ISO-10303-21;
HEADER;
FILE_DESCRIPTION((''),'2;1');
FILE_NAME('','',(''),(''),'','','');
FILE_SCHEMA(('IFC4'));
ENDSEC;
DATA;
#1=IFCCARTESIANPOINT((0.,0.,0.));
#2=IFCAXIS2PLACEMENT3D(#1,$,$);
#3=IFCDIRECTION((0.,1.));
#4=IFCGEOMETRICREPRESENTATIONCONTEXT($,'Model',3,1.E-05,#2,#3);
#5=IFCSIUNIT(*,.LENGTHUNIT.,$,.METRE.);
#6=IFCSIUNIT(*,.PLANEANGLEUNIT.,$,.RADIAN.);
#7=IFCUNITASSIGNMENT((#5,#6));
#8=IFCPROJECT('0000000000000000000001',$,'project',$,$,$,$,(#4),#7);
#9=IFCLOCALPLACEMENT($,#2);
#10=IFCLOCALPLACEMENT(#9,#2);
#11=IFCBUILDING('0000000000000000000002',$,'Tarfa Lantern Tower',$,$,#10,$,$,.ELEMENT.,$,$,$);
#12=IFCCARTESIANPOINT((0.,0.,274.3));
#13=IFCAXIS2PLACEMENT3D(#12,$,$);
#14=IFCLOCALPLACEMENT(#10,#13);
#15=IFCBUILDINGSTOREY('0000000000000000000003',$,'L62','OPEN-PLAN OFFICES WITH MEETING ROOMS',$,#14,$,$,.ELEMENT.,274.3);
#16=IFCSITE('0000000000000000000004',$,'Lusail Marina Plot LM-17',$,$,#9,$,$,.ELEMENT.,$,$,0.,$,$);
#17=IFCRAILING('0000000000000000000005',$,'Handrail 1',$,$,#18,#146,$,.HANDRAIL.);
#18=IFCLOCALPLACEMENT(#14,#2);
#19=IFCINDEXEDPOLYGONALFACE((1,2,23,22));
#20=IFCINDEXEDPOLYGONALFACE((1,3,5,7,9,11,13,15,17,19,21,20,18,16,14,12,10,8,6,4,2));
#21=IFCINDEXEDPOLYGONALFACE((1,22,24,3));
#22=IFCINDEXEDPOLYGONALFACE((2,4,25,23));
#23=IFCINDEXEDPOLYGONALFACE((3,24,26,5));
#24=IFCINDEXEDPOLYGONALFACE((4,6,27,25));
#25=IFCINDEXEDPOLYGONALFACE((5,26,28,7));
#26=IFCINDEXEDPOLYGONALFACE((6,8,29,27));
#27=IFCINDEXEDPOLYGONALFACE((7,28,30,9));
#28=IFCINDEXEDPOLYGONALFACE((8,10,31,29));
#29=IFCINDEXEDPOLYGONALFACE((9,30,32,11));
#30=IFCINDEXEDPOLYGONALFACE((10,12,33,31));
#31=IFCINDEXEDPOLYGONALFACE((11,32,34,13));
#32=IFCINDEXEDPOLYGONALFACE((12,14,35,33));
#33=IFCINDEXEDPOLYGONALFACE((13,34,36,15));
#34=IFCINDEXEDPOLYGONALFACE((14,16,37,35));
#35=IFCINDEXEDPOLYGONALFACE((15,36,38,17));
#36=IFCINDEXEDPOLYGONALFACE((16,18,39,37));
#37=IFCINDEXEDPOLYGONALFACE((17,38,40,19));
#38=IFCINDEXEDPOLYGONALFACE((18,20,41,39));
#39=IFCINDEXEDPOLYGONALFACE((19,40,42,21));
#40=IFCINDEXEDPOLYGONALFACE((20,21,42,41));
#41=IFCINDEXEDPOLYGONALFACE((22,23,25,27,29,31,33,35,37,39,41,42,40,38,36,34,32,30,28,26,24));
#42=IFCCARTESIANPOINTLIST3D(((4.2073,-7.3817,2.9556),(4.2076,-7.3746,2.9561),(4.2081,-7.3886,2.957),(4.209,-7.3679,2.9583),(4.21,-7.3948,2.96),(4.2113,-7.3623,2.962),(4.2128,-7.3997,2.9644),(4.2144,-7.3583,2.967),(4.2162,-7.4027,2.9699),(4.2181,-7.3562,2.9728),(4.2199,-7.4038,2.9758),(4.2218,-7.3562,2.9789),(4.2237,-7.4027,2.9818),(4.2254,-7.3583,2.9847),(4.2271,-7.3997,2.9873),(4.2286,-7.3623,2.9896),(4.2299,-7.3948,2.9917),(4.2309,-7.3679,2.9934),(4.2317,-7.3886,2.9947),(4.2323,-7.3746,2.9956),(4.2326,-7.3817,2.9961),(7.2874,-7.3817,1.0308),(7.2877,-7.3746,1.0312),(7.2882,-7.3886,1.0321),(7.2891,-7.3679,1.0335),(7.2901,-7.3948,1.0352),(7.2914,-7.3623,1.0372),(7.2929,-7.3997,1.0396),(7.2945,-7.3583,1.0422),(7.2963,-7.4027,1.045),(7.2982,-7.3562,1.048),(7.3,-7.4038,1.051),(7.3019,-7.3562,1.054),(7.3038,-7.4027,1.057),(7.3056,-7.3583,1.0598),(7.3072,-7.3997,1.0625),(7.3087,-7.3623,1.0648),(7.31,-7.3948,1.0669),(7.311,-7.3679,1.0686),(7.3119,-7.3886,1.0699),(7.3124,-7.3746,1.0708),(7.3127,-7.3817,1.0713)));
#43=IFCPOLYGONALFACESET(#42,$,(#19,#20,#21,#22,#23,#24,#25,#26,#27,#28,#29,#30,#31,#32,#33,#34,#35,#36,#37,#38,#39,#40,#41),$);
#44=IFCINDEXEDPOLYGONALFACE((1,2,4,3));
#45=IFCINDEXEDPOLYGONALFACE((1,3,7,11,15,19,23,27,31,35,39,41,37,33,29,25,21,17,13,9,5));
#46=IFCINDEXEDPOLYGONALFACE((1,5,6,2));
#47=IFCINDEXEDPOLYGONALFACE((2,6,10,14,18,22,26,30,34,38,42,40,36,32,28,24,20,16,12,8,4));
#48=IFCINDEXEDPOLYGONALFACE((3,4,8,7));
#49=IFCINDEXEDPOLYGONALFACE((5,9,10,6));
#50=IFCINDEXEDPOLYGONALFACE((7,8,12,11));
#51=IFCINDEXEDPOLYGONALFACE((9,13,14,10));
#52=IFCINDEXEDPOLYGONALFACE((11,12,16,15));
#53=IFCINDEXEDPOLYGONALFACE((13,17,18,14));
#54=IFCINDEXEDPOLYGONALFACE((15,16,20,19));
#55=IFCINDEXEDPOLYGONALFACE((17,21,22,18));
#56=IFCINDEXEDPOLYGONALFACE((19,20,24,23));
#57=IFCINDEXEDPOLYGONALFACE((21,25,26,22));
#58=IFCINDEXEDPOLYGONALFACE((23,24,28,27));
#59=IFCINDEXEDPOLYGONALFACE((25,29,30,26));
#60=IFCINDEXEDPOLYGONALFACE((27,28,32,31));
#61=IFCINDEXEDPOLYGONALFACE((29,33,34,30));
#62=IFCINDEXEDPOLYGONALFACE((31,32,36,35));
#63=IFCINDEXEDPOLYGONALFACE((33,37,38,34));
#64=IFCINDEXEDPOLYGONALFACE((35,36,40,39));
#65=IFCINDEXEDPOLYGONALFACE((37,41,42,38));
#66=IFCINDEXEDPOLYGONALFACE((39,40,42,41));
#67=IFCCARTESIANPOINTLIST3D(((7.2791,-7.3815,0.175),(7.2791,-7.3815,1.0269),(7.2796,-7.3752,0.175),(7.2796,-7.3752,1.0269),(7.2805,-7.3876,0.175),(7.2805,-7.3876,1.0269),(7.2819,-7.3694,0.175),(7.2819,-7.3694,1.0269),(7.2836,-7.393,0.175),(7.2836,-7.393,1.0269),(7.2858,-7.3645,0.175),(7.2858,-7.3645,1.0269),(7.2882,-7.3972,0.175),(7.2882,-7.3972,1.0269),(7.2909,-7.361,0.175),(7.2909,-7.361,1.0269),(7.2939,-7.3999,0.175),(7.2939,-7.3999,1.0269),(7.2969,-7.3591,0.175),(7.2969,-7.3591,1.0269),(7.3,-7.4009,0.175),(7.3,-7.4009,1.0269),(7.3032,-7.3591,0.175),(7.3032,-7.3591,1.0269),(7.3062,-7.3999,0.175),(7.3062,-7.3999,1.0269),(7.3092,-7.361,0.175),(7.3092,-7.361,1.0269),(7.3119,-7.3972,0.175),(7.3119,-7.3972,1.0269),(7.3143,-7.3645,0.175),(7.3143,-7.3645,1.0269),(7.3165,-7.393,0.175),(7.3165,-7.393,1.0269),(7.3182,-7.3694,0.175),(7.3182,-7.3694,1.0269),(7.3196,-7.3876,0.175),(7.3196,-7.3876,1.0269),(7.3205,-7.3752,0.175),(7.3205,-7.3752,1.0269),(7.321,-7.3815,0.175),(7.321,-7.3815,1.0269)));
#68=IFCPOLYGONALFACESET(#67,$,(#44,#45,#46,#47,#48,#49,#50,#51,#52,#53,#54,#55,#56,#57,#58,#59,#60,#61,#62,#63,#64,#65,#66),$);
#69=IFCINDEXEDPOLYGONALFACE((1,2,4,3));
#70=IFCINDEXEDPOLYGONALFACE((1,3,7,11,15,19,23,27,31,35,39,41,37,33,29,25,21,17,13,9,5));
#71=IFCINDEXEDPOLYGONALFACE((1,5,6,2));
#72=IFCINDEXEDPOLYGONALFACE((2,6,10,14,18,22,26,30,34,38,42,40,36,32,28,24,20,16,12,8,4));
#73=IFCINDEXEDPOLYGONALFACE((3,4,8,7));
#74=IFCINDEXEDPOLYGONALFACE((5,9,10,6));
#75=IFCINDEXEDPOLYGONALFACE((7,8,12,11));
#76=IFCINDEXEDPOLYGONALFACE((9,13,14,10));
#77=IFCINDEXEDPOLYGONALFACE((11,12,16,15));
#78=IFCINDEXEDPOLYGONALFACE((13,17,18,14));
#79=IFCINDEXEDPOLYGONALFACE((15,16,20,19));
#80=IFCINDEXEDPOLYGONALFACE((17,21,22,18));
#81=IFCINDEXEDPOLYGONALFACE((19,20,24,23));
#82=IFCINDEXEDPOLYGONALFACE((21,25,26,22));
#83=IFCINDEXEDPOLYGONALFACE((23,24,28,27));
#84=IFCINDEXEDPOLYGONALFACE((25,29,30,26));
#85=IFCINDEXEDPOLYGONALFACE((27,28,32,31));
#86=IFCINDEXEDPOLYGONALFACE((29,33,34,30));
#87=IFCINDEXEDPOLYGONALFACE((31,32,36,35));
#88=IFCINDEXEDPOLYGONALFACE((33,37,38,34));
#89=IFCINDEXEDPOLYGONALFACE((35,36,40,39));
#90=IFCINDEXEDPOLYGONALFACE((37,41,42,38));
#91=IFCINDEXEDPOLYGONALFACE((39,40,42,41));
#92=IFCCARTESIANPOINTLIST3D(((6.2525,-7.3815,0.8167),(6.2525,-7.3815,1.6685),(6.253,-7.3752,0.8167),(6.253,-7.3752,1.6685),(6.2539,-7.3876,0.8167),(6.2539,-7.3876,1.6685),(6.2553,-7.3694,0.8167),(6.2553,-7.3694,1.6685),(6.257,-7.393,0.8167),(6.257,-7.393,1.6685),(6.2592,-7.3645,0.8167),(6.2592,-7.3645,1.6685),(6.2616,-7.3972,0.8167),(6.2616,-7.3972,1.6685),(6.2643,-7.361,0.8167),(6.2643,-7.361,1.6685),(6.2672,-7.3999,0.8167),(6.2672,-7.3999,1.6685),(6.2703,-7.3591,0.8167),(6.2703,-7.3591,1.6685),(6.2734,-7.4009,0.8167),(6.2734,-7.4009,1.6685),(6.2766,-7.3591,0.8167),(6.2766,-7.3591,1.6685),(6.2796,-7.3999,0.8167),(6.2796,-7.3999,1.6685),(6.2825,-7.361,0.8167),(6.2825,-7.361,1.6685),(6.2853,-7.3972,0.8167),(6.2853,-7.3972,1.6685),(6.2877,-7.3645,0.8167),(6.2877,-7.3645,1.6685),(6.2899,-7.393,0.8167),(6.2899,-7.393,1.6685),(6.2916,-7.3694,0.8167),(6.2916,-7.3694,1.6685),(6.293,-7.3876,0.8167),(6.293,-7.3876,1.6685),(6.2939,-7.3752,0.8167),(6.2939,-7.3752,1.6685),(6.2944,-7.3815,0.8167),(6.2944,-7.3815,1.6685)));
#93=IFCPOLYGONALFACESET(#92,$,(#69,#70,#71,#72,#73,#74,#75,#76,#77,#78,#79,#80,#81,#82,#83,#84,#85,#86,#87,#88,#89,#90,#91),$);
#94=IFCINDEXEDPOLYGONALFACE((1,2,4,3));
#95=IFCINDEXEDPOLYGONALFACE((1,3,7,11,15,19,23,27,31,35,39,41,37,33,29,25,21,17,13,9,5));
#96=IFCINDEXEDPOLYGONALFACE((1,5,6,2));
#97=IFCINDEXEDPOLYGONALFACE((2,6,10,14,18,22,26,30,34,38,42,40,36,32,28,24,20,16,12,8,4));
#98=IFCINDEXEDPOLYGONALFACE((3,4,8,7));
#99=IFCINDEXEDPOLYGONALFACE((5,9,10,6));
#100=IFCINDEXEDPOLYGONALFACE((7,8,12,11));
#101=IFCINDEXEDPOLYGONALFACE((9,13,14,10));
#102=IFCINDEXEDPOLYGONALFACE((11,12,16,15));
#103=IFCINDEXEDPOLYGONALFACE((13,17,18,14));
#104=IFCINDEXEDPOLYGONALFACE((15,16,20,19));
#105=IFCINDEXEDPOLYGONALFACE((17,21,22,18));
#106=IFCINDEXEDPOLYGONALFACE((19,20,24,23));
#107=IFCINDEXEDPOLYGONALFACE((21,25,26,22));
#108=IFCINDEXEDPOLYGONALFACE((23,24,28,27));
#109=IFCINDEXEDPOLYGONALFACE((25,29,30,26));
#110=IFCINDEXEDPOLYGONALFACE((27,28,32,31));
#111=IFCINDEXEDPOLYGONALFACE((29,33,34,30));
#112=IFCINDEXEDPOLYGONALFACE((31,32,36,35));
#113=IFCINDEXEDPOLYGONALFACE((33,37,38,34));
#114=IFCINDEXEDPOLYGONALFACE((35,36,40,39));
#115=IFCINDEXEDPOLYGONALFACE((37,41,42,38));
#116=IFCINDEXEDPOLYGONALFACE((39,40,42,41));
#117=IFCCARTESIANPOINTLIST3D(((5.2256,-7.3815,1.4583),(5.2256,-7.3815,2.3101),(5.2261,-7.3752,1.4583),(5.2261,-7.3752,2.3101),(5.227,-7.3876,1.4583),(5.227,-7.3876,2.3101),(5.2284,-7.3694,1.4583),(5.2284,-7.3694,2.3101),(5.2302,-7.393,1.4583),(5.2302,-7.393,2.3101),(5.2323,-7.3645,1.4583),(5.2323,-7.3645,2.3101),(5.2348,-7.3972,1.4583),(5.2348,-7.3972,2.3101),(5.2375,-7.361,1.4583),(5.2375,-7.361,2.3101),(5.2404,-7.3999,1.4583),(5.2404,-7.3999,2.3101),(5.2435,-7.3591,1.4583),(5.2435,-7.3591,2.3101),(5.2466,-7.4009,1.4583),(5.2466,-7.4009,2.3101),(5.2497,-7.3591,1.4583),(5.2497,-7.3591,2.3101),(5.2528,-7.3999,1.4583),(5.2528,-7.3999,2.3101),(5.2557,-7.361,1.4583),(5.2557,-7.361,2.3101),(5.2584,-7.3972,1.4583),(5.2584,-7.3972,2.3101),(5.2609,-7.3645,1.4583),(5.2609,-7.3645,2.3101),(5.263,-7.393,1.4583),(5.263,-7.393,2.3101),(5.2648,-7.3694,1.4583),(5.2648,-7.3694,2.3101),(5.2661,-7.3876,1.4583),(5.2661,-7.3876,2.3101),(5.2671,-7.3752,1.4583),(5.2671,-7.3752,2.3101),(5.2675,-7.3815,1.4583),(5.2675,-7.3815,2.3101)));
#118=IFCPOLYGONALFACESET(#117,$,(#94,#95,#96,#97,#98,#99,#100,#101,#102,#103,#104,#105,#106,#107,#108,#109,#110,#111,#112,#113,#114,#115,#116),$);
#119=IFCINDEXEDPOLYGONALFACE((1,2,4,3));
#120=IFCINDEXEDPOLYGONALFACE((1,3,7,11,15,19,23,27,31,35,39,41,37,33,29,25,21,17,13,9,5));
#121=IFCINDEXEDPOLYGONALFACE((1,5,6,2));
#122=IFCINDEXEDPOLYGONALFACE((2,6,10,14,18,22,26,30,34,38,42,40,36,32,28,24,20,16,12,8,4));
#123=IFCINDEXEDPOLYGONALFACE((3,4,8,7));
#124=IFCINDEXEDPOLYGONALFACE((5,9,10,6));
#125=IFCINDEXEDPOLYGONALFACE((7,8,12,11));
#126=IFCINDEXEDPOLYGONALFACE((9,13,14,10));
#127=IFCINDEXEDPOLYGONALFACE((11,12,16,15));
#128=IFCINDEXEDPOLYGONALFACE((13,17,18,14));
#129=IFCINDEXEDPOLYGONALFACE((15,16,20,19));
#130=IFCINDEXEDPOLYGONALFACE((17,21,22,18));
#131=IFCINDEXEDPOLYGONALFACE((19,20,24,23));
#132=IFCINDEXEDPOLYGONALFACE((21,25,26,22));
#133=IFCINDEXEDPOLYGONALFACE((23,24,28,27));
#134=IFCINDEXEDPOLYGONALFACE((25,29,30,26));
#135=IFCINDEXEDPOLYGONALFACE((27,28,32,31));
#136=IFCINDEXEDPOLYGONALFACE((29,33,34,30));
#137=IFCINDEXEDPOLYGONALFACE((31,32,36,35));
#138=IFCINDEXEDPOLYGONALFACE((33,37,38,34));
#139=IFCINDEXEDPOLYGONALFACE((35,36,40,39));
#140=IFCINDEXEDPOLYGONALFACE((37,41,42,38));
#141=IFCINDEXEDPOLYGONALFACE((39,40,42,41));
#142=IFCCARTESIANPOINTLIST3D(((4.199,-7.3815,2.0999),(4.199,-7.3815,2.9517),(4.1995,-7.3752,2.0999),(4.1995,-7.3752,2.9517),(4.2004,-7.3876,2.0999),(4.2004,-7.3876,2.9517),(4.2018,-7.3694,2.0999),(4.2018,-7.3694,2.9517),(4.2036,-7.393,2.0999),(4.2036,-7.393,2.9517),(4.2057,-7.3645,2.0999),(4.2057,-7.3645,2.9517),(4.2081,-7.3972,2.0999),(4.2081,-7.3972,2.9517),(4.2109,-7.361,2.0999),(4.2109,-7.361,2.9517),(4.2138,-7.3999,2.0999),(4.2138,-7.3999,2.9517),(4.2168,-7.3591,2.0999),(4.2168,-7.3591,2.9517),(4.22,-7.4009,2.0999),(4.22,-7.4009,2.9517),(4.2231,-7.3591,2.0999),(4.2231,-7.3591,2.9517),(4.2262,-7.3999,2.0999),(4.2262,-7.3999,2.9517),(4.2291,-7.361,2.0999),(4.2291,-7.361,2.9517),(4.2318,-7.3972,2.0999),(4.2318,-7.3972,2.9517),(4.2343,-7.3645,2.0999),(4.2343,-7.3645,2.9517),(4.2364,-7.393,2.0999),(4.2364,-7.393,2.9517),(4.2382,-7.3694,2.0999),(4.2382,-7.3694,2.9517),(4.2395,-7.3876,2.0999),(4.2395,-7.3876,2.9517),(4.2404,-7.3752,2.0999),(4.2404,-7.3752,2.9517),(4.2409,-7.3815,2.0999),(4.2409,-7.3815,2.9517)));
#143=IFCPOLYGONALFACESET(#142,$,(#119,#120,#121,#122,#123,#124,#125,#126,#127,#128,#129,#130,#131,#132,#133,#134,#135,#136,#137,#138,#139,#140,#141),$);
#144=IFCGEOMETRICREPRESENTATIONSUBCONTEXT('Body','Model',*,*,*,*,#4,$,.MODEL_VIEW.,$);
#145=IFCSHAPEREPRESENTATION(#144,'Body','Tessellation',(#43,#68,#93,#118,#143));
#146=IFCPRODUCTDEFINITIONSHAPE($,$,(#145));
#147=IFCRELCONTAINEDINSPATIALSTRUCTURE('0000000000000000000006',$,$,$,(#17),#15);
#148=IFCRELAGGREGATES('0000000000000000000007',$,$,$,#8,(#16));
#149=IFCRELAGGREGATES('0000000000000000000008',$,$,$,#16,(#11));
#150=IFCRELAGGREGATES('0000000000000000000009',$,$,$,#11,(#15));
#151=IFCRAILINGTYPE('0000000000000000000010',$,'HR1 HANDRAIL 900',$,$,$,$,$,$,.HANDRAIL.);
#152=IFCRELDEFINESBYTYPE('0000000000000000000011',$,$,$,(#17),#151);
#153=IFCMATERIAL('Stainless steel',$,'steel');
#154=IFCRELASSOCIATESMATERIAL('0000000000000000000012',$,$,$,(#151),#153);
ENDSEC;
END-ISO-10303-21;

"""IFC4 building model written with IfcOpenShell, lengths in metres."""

from ifc_helpers import new_model, si_unit, direction, frame, origin, origin_2d, place, context, subcontext, project, spatial, circle, extrude, material, type_object, element, save


model = new_model("IFC4")

# Units and contexts
model_context = context("Model", 3, precision=1e-05, world=origin(), true_north=direction((0.0, 1.0)))
body_context = subcontext(model_context, "Body", "Model", "MODEL_VIEW")
ifc_project = project(units=[si_unit("LENGTHUNIT", "METRE"), si_unit("PLANEANGLEUNIT", "RADIAN")], contexts=[model_context])

# Site, building, storey
site_placement = place(None, origin())
site = spatial("IfcSite", under=ifc_project, at=site_placement, Name="Lusail Marina Plot LM-17", CompositionType="ELEMENT", RefElevation=0.0)
building_placement = place(site_placement, origin())
building = spatial("IfcBuilding", under=site, at=building_placement, Name="Tarfa Lantern Tower", CompositionType="ELEMENT")
storey_placement = place(building_placement, frame((0.0, 0.0, 274.3)))
storey = spatial("IfcBuildingStorey", under=building, at=storey_placement, Name="L62", Description="OPEN-PLAN OFFICES WITH MEETING ROOMS", CompositionType="ELEMENT", Elevation=274.3)

# Railing
ifc_material_1 = material(Name="Stainless steel", Category="steel")
railing_type = type_object("IfcRailingType", Name="HR1 HANDRAIL 900", PredefinedType="HANDRAIL", material=ifc_material_1)
railing_1_placement = place(storey_placement, frame((7.3, -7.3799, 0.175)))
element("IfcRailing", 1, at=railing_1_placement, inside=storey, type_object=railing_type, Name="Handrail 1", PredefinedType="HANDRAIL", context=body_context, shape_type="SweptSolid", body=[
    extrude(circle(Radius=0.0239, at=origin_2d()), frame((0.0, 0.0, 0.876), z_axis=(-0.848029, 0.0, 0.529951), x_axis=(0.0, -1.0, 0.0)), (0.0, 0.0, 1.0), 3.6321),
    extrude(circle(Radius=0.021, at=origin_2d()), frame((0.0, 0.0, 0.0), z_axis=(0.0, 0.0, 1.0), x_axis=(0.0, -1.0, 0.0)), (0.0, 0.0, 1.0), 0.8518),
    extrude(circle(Radius=0.021, at=origin_2d()), frame((-1.0266, 0.0, 0.6416), z_axis=(0.0, 0.0, 1.0), x_axis=(0.0, -1.0, 0.0)), (0.0, 0.0, 1.0), 0.8518),
    extrude(circle(Radius=0.021, at=origin_2d()), frame((-2.0535, 0.0, 1.2832), z_axis=(0.0, 0.0, 1.0), x_axis=(0.0, -1.0, 0.0)), (0.0, 0.0, 1.0), 0.8518),
    extrude(circle(Radius=0.021, at=origin_2d()), frame((-3.0801, 0.0, 1.9248), z_axis=(0.0, 0.0, 1.0), x_axis=(0.0, -1.0, 0.0)), (0.0, 0.0, 1.0), 0.8518),
])

save(model, "model.ifc")
